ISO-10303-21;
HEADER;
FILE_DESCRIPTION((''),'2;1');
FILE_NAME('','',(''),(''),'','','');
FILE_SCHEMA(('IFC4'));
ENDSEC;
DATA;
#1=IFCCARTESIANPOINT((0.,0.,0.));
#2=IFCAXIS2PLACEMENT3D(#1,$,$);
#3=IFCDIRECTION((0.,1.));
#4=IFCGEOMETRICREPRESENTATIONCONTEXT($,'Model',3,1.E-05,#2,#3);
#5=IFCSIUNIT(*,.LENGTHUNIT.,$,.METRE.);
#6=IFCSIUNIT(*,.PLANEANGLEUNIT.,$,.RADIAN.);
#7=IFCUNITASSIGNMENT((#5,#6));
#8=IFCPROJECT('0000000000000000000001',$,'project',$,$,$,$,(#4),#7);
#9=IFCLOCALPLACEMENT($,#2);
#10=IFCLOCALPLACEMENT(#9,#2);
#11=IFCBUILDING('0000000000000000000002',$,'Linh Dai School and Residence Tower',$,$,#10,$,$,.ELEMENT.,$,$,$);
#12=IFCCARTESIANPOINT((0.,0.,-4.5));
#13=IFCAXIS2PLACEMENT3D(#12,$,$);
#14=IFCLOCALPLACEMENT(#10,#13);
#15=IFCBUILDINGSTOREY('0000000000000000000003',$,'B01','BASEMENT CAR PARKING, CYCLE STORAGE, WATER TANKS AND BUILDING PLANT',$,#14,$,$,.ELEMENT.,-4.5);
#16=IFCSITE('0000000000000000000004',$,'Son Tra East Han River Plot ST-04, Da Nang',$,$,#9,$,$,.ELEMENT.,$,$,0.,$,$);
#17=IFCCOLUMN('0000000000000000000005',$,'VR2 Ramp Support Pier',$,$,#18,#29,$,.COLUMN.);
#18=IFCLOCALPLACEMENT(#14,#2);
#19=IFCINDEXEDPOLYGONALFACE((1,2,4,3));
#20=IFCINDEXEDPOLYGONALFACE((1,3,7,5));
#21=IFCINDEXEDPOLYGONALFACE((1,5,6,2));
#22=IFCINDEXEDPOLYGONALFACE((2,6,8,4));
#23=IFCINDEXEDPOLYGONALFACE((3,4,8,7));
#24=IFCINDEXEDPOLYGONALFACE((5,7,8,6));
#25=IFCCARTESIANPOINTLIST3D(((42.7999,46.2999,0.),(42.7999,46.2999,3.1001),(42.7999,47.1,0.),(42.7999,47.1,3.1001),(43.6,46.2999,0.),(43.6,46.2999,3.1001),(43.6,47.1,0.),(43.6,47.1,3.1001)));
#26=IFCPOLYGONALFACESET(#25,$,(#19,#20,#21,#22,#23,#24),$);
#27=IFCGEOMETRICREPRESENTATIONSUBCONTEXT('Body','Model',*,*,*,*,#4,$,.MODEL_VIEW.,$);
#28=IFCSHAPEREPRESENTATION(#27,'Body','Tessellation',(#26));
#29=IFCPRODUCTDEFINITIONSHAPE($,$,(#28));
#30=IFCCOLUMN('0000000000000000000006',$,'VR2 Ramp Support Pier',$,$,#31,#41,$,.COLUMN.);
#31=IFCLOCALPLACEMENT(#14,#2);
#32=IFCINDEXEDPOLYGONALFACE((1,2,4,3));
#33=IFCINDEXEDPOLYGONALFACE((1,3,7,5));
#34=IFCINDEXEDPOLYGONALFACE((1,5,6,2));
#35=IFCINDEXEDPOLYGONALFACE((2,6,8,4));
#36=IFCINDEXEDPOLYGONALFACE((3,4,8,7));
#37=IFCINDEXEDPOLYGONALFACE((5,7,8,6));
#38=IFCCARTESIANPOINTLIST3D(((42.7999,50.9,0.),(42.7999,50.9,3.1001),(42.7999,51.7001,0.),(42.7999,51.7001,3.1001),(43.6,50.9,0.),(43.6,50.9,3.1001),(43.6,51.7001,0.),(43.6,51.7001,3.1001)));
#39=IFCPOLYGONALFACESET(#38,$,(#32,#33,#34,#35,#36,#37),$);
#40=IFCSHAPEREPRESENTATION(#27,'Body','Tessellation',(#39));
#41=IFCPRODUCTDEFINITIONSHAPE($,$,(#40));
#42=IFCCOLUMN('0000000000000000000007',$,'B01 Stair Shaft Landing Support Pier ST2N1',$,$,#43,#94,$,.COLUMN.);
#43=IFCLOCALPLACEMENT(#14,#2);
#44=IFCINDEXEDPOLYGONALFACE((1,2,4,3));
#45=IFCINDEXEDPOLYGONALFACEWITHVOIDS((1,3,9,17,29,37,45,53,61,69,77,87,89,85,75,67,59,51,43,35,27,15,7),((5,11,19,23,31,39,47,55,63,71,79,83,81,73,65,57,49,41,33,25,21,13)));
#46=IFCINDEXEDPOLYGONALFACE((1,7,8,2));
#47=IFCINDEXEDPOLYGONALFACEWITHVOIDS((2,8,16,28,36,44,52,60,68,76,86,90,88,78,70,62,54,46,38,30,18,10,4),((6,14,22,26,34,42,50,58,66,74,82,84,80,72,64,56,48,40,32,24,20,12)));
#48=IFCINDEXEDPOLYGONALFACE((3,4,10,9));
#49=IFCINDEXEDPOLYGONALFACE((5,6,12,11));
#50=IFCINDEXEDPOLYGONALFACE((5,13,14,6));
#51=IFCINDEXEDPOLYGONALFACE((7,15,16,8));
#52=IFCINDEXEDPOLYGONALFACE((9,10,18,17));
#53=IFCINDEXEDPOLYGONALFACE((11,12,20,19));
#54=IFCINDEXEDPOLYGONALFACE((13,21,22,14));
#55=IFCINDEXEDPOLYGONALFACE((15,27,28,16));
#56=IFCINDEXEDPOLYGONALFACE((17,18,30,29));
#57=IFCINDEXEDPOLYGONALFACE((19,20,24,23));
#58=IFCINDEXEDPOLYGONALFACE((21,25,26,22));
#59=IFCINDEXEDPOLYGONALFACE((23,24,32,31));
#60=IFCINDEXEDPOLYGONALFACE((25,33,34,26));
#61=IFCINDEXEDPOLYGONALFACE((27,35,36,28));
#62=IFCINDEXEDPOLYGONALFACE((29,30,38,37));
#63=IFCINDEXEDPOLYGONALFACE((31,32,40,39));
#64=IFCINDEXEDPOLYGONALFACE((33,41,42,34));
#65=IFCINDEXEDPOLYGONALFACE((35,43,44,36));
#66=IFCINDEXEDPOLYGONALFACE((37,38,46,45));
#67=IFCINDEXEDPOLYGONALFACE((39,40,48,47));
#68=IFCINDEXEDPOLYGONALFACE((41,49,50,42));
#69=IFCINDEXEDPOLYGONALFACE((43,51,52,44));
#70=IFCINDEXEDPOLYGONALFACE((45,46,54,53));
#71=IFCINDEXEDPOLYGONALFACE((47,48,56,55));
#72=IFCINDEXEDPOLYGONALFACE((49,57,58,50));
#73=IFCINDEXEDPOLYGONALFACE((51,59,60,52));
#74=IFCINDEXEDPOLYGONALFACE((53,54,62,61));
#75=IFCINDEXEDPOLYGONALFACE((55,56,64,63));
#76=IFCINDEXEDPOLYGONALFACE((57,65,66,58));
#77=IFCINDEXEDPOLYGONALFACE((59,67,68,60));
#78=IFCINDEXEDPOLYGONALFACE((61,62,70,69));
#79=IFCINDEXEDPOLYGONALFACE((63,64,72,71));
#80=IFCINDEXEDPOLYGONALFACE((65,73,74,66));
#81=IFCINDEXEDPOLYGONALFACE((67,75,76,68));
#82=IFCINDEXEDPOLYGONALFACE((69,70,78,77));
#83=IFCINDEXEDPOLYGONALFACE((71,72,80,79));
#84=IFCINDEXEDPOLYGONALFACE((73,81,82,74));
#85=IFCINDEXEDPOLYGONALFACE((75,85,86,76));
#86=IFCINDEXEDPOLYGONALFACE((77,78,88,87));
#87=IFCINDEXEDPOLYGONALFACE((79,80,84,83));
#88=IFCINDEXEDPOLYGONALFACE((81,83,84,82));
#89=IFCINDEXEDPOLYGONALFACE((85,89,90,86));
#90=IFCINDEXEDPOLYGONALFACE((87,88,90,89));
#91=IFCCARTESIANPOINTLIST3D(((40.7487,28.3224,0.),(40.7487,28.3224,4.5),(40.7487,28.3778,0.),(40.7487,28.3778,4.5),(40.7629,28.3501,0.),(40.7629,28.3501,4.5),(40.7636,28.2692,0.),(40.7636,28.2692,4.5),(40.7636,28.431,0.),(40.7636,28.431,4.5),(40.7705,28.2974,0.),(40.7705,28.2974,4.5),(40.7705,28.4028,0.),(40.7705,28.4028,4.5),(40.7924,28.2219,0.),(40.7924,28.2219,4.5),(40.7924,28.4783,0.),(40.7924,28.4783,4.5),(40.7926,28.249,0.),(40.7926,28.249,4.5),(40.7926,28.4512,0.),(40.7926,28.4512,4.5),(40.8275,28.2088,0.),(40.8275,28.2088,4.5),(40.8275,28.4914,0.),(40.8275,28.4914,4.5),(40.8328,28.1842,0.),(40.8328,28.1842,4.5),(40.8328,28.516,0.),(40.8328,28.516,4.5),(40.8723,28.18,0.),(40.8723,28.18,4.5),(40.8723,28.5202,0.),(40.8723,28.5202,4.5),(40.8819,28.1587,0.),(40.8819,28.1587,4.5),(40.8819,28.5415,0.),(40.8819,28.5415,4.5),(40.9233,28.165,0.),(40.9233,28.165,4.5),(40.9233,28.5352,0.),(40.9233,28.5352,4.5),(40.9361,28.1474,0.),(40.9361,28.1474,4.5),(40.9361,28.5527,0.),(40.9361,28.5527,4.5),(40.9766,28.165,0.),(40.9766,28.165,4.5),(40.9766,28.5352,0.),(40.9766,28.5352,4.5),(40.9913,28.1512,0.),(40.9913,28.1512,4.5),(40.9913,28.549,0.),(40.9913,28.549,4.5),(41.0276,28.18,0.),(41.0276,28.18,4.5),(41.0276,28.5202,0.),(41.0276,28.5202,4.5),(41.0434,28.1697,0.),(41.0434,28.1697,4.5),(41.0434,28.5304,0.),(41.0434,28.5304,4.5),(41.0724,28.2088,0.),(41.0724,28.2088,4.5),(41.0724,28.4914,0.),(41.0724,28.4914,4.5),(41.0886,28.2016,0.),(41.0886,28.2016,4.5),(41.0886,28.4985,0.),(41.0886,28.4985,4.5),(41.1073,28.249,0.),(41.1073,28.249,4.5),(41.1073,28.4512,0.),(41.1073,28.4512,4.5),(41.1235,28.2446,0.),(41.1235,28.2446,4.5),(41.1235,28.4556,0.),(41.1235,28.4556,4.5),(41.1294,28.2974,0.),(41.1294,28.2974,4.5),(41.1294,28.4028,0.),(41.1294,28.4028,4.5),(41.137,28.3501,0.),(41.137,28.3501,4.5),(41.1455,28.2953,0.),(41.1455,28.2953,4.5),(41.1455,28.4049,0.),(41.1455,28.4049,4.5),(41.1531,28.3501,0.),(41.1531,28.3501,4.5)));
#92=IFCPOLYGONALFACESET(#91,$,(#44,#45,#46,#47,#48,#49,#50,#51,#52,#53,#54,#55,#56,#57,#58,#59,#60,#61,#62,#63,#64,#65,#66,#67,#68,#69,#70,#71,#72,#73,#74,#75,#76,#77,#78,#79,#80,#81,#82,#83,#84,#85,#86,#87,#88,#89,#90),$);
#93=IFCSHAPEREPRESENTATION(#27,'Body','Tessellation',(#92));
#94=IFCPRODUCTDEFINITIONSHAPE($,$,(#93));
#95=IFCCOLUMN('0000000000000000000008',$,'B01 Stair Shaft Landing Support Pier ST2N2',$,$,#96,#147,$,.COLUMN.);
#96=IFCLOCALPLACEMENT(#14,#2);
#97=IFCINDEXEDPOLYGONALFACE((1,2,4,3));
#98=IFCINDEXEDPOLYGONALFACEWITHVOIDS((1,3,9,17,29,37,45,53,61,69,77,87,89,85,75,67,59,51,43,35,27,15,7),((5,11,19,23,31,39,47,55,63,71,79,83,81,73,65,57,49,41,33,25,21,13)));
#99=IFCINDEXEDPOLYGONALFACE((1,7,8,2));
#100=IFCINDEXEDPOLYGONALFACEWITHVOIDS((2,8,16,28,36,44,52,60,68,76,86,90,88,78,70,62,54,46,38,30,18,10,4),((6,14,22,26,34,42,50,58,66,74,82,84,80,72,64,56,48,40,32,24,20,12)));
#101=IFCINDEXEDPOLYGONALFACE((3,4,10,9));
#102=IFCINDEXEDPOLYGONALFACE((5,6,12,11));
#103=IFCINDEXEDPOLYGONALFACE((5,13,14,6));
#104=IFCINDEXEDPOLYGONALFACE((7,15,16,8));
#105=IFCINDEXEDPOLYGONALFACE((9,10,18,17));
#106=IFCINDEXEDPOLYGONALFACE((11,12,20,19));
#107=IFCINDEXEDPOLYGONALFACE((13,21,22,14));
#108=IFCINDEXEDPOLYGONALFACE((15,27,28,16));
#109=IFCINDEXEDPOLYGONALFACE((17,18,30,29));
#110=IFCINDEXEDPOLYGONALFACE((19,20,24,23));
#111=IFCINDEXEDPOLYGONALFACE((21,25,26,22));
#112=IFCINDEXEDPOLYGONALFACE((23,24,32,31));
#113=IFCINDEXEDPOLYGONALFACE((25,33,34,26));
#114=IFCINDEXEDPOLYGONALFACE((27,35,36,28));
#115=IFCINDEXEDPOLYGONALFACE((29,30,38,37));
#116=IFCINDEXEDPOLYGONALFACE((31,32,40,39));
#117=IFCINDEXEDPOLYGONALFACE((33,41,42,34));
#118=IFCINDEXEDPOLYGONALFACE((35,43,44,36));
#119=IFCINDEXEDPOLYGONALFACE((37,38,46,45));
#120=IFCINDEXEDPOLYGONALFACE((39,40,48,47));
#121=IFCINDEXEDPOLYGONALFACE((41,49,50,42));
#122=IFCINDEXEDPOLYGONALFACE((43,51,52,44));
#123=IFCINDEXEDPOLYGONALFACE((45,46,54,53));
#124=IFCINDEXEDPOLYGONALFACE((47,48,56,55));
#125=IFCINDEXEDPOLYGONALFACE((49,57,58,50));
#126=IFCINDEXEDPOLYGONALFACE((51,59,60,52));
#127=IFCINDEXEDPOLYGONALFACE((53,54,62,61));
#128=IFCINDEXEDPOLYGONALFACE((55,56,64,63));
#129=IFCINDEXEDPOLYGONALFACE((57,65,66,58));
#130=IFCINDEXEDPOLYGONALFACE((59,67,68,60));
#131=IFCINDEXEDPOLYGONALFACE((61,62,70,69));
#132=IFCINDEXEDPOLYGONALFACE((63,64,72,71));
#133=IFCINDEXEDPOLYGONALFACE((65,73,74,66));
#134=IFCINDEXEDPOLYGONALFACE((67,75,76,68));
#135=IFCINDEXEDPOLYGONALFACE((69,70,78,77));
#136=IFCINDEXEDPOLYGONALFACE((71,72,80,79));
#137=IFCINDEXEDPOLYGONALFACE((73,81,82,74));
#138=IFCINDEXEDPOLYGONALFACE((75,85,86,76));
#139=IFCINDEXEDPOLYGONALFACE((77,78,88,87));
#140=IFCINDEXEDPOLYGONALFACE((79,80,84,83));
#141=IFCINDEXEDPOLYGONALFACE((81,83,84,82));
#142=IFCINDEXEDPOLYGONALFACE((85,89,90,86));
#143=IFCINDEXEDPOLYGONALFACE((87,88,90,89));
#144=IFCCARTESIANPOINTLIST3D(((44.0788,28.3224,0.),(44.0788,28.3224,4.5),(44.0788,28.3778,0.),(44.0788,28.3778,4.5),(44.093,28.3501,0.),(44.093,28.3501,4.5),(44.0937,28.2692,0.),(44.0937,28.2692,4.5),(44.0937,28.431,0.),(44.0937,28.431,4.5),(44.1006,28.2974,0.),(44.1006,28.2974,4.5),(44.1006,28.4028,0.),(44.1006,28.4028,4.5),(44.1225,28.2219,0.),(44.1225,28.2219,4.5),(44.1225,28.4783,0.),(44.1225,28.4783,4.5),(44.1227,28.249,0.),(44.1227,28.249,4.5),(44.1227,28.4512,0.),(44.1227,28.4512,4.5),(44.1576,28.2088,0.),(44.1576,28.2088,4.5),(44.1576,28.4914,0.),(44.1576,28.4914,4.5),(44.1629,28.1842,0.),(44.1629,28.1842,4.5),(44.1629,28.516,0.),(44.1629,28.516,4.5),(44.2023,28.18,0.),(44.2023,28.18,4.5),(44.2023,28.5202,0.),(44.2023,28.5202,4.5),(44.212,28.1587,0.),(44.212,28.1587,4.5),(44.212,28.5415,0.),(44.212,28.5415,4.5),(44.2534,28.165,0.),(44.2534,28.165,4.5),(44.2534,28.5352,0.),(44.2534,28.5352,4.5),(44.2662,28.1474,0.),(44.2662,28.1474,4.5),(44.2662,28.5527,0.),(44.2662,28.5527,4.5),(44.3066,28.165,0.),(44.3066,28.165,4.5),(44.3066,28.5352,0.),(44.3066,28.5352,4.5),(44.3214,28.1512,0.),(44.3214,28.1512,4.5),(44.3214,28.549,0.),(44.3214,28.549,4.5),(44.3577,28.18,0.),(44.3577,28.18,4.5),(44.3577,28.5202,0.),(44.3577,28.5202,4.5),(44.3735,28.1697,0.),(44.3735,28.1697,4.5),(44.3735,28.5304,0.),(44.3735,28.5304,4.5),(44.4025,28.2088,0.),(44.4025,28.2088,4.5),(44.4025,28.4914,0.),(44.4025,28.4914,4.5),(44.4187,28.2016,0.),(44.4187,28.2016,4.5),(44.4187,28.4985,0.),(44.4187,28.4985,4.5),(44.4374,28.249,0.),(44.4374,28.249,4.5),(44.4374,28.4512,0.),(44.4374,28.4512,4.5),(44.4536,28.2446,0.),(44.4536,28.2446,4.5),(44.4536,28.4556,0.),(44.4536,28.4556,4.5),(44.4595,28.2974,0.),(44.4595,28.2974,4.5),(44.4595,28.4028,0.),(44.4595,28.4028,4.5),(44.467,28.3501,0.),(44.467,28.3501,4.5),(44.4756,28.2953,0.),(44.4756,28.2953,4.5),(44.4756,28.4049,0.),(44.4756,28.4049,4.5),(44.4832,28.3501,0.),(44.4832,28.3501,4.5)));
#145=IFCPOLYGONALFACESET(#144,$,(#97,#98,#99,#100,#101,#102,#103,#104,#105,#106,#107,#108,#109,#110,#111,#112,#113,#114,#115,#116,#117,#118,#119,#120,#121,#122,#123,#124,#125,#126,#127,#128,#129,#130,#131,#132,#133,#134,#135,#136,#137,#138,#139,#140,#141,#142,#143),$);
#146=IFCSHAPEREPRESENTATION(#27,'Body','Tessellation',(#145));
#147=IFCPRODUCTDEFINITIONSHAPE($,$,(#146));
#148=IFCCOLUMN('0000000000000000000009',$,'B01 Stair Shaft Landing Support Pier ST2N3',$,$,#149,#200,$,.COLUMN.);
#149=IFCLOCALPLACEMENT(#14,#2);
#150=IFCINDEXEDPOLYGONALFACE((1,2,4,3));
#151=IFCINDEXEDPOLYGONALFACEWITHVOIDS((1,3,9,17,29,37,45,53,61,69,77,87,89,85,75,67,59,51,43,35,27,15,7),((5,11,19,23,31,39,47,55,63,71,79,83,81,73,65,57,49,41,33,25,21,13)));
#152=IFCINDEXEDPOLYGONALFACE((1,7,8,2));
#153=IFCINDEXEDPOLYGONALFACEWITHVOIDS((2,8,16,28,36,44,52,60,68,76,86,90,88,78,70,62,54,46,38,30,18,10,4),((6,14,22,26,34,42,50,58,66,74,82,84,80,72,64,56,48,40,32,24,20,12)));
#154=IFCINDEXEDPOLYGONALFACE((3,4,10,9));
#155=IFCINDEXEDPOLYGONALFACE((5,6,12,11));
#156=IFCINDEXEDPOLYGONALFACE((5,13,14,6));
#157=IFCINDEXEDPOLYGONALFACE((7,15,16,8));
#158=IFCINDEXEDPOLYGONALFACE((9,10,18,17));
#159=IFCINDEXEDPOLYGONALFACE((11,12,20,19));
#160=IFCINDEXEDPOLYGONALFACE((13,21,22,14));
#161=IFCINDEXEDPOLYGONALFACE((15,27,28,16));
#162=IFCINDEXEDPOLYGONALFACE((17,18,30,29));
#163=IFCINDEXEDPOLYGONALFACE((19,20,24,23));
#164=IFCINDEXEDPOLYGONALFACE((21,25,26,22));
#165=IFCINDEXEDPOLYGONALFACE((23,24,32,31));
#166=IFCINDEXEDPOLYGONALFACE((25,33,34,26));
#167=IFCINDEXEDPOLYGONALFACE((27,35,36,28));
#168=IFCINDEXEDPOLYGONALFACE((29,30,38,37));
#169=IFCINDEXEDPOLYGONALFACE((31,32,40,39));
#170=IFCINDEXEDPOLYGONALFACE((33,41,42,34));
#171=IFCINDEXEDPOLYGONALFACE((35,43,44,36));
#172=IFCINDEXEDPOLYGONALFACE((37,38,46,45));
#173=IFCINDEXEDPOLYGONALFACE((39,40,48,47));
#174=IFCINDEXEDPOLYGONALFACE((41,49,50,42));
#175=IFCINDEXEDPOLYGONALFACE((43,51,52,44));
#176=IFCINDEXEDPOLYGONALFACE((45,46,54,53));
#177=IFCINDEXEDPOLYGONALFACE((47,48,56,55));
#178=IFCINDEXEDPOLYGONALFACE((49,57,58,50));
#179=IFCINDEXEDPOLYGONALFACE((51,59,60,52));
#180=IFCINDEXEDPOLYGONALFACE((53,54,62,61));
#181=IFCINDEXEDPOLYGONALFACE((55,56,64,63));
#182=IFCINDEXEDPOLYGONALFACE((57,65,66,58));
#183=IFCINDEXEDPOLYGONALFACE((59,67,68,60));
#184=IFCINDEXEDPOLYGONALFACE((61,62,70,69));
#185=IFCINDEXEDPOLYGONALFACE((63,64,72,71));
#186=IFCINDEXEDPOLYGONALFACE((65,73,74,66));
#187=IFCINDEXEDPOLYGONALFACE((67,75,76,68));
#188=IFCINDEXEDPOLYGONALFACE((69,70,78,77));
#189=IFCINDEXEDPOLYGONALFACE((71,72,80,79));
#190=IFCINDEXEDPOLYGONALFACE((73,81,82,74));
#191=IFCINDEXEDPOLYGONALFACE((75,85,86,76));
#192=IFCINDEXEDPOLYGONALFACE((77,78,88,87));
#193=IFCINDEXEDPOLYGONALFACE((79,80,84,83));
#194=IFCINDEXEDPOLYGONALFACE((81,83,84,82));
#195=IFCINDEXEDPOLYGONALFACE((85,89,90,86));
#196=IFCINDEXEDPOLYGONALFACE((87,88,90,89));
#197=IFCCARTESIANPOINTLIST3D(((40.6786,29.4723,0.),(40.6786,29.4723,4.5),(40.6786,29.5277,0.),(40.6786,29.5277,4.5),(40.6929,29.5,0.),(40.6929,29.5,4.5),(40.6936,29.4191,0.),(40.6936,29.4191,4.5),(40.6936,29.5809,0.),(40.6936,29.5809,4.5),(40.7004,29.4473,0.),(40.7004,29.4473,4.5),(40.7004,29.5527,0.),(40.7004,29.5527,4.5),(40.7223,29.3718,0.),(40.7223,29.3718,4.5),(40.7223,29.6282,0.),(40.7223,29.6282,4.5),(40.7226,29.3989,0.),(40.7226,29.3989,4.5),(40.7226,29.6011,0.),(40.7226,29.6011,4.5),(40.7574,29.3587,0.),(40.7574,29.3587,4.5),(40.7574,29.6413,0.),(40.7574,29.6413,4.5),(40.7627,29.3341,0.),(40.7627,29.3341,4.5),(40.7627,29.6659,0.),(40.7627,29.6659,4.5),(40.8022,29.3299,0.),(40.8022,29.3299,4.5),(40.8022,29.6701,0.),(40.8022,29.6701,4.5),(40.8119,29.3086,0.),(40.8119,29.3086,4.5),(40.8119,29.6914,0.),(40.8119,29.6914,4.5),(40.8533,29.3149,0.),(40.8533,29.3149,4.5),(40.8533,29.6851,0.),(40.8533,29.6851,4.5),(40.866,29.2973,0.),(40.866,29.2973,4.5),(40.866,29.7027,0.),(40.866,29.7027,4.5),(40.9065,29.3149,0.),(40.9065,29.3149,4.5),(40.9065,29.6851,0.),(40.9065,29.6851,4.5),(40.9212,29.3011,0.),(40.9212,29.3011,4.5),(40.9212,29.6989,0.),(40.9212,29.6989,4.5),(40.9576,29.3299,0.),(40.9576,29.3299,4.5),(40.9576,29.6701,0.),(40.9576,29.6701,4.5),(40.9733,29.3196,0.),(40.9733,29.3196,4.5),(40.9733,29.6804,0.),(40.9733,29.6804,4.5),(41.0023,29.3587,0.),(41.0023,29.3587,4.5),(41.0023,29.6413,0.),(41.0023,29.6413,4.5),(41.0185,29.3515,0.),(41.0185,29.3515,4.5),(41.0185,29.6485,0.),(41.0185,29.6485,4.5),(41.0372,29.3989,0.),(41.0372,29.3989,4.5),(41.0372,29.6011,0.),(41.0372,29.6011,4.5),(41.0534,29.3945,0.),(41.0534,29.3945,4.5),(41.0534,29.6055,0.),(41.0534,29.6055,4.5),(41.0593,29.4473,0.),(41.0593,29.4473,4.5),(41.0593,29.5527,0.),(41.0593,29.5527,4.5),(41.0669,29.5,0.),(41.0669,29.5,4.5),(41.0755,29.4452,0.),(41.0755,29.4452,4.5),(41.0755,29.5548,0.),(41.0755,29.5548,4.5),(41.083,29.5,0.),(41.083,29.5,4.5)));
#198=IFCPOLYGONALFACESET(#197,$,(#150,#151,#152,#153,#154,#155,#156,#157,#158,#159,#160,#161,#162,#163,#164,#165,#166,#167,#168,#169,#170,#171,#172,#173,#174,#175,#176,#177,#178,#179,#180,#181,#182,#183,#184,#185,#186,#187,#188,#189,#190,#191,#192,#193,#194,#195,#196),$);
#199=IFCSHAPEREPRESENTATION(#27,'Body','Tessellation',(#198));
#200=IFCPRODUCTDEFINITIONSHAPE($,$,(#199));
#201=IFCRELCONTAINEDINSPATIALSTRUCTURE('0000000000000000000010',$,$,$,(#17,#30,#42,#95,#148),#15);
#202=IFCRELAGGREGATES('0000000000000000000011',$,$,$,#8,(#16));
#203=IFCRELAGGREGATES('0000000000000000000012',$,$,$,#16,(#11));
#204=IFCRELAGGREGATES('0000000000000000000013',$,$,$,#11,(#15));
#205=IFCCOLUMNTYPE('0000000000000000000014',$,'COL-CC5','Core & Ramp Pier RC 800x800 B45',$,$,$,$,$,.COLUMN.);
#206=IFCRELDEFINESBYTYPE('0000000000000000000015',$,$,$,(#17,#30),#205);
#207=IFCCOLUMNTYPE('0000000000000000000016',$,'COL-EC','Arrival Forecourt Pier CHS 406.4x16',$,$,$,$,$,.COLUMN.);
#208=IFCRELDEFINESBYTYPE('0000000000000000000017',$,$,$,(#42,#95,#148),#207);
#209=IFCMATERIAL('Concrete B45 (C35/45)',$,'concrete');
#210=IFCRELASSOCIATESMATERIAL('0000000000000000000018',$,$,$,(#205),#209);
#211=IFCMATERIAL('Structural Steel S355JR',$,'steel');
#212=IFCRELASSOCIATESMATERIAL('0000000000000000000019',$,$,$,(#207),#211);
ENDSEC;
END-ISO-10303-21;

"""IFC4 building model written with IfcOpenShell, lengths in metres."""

from ifc_helpers import new_model, si_unit, direction, frame, origin, origin_2d, place, context, subcontext, project, spatial, rectangle, hollow_circle, extrude, material, material_profile, profile_set, type_object, element, save


model = new_model("IFC4")

# Units and contexts
model_context = context("Model", 3, precision=1e-05, world=origin(), true_north=direction((0.0, 1.0)))
body_context = subcontext(model_context, "Body", "Model", "MODEL_VIEW")
ifc_project = project(units=[si_unit("LENGTHUNIT", "METRE"), si_unit("PLANEANGLEUNIT", "RADIAN")], contexts=[model_context])

# Site, building, storey
site_placement = place(None, origin())
site = spatial("IfcSite", under=ifc_project, at=site_placement, Name="Son Tra East Han River Plot ST-04, Da Nang", CompositionType="ELEMENT", RefElevation=0.0)
building_placement = place(site_placement, origin())
building = spatial("IfcBuilding", under=site, at=building_placement, Name="Linh Dai School and Residence Tower", CompositionType="ELEMENT")
storey_placement = place(building_placement, frame((0.0, 0.0, -4.5)))
storey = spatial("IfcBuildingStorey", under=building, at=storey_placement, Name="B01", Description="BASEMENT CAR PARKING, CYCLE STORAGE, WATER TANKS AND BUILDING PLANT", CompositionType="ELEMENT", Elevation=-4.5)

# Columns
ifc_material_1 = material(Name="Concrete B45 (C35/45)", Category="concrete")
ifc_material_profile_1 = material_profile(ifc_material_1, rectangle(XDim=0.8, YDim=0.8, at=origin_2d()), Name="RC 800x800")
ifc_profile_set_1 = profile_set([ifc_material_profile_1], Name="Concrete B45 (C35/45)")
column_type_1 = type_object("IfcColumnType", Name="COL-CC5", Description="Core & Ramp Pier RC 800x800 B45", PredefinedType="COLUMN", material=ifc_profile_set_1)
for number, where, z_axis, x_axis, name in (
    (1, (43.2, 46.7, 0.0), (0.0, 0.0, 1.0), (1.0, 0.0, 0.0), "VR2 Ramp Support Pier"),
    (2, (43.2, 51.3, 0.0), (0.0, 0.0, 1.0), (1.0, 0.0, 0.0), "VR2 Ramp Support Pier"),
):
    element("IfcColumn", number, at=place(storey_placement, frame(where, z_axis=z_axis, x_axis=x_axis)), inside=storey, type_object=column_type_1, Name=name, PredefinedType="COLUMN", context=body_context, shape_type="SweptSolid", body=[
        extrude(rectangle(XDim=0.8, YDim=0.8, at=origin_2d()), origin(), (0.0, 0.0, 1.0), 3.1001),
    ])
ifc_material_2 = material(Name="Structural Steel S355JR", Category="steel")
ifc_material_profile_2 = material_profile(ifc_material_2, hollow_circle(Radius=0.2031, WallThickness=0.0161, at=origin_2d()), Name="CHS 406.4x16")
ifc_profile_set_2 = profile_set([ifc_material_profile_2], Name="Structural Steel S355JR")
column_type_2 = type_object("IfcColumnType", Name="COL-EC", Description="Arrival Forecourt Pier CHS 406.4x16", PredefinedType="COLUMN", material=ifc_profile_set_2)
for number, where, z_axis, x_axis, name in (
    (3, (40.95, 28.3501, 0.0), (0.0, 0.0, 1.0), (1.0, 0.0, 0.0), "B01 Stair Shaft Landing Support Pier ST2N1"),
    (4, (44.28, 28.3501, 0.0), (0.0, 0.0, 1.0), (1.0, 0.0, 0.0), "B01 Stair Shaft Landing Support Pier ST2N2"),
    (5, (40.8799, 29.5, 0.0), (0.0, 0.0, 1.0), (1.0, 0.0, 0.0), "B01 Stair Shaft Landing Support Pier ST2N3"),
):
    element("IfcColumn", number, at=place(storey_placement, frame(where, z_axis=z_axis, x_axis=x_axis)), inside=storey, type_object=column_type_2, Name=name, PredefinedType="COLUMN", context=body_context, shape_type="SweptSolid", body=[
        extrude(hollow_circle(Radius=0.2031, WallThickness=0.0161, at=origin_2d()), origin(), (0.0, 0.0, 1.0), 4.5),
    ])

save(model, "model.ifc")
